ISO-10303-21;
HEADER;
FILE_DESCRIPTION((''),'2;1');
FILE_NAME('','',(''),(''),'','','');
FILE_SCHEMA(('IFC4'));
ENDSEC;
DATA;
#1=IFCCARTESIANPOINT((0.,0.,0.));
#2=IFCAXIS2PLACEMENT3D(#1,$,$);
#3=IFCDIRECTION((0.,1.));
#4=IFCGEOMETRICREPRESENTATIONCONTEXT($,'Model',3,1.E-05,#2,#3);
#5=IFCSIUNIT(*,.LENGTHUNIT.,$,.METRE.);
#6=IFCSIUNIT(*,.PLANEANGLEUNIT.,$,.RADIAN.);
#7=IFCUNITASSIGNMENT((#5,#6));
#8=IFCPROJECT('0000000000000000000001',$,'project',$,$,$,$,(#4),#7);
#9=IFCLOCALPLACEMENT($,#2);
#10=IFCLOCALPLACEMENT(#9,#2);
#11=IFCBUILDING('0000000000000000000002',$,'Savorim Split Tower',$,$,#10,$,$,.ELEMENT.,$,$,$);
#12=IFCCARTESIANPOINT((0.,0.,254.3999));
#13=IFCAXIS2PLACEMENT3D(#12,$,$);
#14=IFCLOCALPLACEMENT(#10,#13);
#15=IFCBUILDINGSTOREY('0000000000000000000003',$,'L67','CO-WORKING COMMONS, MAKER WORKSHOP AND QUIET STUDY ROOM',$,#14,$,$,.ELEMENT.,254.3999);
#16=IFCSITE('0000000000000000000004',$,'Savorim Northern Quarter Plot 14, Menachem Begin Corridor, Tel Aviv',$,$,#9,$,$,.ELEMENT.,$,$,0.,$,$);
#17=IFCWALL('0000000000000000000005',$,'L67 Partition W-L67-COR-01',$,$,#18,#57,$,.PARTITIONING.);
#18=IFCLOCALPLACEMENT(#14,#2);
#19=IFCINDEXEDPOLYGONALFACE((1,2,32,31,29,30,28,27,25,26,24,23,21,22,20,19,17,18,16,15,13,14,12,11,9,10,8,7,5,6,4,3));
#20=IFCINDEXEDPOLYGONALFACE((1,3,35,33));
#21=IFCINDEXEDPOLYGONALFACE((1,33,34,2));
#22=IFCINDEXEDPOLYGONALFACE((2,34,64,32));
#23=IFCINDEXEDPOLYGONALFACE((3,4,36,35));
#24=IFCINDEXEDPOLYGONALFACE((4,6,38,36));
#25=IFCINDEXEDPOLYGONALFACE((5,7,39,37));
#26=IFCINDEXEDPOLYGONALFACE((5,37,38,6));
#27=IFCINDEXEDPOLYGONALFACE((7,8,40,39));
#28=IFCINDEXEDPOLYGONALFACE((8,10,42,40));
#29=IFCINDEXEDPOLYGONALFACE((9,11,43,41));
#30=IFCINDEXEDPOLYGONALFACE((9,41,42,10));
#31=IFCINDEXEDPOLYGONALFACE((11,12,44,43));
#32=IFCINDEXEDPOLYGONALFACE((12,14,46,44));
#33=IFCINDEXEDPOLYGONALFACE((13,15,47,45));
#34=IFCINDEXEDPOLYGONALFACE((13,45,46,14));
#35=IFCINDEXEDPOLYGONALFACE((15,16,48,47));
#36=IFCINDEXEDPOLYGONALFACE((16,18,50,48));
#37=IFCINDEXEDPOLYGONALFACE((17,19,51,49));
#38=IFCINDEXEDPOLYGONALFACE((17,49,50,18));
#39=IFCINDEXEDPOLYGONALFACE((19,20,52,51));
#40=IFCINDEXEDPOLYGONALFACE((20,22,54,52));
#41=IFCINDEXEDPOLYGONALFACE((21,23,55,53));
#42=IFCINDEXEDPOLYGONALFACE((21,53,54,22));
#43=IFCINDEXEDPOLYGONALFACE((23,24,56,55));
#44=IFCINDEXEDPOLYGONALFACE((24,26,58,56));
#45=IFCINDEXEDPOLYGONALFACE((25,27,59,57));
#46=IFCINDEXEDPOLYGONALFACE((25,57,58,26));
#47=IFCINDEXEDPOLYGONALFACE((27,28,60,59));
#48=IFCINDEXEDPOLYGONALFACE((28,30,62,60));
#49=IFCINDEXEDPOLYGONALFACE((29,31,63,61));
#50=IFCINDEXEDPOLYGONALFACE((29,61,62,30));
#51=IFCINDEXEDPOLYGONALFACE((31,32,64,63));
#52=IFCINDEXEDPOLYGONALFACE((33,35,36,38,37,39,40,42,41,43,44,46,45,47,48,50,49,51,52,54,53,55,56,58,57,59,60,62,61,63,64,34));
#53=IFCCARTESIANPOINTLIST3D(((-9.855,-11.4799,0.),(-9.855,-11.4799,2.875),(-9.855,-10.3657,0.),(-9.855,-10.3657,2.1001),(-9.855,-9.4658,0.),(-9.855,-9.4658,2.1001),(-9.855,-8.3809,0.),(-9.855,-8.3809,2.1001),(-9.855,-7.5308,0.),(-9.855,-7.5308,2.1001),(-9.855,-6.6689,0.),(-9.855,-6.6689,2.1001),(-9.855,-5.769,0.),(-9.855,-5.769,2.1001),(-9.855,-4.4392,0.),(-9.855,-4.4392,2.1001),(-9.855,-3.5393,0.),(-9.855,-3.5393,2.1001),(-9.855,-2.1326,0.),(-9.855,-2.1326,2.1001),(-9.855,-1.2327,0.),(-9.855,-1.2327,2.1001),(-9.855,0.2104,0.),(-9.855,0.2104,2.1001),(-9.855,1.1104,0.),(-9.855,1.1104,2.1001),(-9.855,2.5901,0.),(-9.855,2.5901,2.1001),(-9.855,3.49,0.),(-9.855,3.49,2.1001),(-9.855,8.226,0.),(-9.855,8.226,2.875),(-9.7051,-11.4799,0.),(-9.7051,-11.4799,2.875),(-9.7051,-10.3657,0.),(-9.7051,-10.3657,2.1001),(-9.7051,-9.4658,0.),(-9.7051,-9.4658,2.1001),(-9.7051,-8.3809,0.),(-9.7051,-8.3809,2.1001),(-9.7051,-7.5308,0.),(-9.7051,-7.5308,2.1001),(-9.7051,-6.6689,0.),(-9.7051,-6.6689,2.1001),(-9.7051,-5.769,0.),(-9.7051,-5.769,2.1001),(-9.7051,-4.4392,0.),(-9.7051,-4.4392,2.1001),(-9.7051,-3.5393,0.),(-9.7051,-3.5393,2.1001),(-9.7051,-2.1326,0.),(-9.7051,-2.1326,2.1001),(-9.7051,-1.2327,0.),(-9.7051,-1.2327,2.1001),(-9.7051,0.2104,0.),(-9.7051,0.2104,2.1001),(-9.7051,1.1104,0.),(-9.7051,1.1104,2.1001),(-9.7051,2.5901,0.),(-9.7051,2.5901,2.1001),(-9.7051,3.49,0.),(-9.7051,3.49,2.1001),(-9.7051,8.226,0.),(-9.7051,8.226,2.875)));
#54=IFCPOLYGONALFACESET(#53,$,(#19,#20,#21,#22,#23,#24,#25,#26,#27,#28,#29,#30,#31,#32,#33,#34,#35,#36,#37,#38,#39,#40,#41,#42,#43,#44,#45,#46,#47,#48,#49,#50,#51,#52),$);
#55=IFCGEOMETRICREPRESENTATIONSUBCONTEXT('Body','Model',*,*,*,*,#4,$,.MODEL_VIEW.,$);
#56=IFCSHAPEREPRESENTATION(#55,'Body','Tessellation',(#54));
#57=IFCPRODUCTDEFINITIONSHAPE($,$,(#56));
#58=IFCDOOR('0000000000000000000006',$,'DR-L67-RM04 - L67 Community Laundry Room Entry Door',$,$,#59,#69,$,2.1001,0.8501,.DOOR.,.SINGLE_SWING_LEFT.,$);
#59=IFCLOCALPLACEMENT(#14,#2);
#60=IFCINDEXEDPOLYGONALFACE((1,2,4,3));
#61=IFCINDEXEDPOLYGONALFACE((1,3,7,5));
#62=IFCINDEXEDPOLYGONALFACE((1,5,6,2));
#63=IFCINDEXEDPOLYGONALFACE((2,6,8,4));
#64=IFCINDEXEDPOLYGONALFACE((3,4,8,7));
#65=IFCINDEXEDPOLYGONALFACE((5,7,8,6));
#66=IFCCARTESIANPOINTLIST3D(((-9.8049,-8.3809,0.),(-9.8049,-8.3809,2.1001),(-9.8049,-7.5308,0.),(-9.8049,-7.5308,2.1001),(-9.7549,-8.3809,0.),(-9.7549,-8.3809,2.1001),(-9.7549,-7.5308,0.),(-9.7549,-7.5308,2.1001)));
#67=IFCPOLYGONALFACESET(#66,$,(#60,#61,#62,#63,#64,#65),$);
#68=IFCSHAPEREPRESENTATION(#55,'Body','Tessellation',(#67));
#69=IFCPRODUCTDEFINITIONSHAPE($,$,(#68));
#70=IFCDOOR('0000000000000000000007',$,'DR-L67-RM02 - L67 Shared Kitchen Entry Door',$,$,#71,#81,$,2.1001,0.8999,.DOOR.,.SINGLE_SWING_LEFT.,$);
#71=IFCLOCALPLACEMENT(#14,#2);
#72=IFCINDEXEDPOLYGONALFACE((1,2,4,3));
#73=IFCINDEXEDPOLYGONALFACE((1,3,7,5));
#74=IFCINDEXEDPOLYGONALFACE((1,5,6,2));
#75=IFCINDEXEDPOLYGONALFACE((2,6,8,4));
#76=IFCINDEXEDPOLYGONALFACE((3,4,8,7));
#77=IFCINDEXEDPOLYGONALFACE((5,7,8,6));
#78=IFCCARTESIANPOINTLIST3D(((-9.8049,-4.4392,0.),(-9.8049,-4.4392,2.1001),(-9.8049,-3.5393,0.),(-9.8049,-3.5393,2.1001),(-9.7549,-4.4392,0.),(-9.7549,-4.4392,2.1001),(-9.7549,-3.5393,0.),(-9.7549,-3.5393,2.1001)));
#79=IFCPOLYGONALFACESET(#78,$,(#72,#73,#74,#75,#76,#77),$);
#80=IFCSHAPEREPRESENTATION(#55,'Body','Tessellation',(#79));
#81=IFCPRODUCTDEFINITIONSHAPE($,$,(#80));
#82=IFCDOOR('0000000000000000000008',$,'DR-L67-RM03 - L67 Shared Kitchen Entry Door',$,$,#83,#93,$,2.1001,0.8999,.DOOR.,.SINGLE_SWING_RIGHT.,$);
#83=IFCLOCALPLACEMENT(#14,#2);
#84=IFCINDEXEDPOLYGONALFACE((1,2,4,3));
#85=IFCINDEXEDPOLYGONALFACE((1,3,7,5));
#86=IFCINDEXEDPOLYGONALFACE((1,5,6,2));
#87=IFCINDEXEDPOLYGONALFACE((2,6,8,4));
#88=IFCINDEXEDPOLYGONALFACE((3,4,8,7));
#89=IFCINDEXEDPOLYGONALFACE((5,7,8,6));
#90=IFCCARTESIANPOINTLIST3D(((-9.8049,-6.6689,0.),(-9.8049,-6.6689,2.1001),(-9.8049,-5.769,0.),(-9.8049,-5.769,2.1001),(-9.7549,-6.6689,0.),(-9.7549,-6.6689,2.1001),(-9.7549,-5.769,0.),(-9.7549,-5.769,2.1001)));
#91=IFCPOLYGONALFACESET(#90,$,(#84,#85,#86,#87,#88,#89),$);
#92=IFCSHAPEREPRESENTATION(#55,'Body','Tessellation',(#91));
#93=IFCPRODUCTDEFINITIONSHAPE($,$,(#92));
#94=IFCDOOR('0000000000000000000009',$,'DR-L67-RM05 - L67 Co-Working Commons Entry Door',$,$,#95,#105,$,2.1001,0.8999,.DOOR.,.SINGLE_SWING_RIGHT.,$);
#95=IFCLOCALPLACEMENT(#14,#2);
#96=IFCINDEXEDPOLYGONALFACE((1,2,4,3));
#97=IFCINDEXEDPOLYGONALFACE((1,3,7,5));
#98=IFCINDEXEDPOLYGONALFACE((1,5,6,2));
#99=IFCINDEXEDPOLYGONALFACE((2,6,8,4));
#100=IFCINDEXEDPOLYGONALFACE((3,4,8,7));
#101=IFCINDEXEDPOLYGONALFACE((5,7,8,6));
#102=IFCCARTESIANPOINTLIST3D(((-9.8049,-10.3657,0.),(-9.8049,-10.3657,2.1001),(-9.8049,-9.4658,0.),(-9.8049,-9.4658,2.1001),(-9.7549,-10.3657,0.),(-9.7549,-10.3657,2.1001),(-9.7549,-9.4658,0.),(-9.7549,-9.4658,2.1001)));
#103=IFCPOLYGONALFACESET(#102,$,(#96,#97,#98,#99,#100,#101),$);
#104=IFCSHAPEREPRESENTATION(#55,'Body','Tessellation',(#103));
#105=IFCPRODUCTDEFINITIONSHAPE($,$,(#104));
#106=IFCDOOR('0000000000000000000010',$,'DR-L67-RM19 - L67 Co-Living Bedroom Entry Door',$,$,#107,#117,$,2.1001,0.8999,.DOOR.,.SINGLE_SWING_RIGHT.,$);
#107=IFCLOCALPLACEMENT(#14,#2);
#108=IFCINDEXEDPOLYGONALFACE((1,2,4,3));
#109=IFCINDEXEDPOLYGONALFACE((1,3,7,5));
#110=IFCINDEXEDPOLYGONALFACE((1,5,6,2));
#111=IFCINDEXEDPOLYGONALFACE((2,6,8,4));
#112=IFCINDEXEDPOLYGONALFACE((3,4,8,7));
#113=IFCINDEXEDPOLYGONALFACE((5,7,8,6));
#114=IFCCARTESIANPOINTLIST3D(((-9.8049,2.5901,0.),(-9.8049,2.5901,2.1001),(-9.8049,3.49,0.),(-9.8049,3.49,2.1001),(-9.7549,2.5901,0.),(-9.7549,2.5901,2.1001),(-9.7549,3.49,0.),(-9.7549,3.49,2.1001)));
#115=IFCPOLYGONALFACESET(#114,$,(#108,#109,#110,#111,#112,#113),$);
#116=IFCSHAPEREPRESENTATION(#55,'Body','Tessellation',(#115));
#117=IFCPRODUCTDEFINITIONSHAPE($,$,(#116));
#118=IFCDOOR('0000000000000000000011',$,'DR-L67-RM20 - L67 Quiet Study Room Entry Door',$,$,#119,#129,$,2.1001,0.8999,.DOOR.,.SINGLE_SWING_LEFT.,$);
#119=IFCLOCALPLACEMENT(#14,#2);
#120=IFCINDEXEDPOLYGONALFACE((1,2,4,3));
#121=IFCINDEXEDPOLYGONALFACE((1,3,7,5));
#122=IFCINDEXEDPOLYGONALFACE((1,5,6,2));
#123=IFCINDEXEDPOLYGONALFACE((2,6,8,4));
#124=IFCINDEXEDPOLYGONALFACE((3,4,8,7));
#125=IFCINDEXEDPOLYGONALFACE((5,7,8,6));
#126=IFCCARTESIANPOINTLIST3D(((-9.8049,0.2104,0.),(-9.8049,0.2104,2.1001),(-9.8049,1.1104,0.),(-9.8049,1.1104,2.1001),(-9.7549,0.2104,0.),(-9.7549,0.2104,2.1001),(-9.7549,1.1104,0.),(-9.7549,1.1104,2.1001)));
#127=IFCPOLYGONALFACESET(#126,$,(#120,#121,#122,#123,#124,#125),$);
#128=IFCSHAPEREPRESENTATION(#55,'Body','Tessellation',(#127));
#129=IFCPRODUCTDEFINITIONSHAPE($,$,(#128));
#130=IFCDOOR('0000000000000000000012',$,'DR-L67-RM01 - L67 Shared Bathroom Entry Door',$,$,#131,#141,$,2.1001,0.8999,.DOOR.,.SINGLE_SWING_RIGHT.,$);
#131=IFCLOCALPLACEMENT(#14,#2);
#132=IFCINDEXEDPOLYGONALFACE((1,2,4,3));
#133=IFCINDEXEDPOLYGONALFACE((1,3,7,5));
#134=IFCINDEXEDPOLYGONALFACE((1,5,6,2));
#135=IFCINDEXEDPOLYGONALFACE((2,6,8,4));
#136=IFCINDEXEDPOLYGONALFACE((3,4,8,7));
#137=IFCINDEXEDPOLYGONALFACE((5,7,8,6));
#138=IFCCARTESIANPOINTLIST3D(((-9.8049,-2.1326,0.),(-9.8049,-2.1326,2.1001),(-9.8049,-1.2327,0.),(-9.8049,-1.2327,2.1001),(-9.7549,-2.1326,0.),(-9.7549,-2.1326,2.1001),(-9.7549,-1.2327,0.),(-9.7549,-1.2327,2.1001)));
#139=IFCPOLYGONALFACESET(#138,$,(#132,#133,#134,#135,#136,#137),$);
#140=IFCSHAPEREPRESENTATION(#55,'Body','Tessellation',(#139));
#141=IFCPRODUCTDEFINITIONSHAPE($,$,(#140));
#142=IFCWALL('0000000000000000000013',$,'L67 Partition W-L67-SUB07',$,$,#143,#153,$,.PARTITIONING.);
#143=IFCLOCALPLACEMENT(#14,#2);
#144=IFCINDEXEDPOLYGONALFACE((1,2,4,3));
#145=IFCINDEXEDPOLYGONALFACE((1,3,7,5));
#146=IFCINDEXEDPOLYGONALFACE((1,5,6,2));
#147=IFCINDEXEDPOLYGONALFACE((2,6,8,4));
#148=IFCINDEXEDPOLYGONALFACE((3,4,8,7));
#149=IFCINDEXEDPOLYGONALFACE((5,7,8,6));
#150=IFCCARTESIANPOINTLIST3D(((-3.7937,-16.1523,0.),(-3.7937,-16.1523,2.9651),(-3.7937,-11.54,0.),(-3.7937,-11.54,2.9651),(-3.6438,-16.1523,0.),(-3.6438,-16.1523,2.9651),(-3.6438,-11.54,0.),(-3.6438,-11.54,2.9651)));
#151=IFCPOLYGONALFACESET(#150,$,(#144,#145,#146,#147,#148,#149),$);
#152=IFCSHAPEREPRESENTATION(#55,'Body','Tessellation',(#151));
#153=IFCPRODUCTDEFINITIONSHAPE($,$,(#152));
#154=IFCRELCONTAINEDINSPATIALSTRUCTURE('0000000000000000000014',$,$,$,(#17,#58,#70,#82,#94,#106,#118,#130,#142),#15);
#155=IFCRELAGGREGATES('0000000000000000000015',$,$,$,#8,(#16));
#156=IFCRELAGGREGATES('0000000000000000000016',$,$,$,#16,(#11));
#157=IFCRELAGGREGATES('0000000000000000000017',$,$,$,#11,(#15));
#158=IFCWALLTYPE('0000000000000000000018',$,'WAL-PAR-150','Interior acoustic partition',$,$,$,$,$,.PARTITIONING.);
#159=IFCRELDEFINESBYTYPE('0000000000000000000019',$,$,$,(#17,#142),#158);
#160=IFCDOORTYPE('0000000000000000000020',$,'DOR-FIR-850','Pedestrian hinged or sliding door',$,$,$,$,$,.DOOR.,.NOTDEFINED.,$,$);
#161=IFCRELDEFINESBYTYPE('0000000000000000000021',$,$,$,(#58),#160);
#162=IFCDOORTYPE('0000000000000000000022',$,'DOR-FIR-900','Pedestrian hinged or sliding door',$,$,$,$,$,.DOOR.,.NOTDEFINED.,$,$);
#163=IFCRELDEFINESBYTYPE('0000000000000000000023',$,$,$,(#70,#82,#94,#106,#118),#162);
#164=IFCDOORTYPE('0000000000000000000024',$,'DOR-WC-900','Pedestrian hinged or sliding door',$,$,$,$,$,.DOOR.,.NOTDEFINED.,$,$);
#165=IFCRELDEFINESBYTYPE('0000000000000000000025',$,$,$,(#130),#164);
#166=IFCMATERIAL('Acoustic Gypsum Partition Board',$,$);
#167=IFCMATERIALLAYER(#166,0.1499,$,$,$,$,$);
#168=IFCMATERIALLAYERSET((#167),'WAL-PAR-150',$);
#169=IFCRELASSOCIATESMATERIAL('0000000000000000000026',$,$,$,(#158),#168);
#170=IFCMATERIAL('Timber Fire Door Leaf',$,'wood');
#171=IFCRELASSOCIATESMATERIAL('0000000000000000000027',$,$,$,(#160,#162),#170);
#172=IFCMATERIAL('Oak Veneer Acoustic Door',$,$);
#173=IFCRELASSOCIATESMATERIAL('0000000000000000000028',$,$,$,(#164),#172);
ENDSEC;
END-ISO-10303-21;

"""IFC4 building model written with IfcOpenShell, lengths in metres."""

from ifc_helpers import new_model, si_unit, direction, frame, frame_2d, origin, place, context, subcontext, project, spatial, rectangle, extrude, material, layer, layer_set, type_object, element, fill, save


model = new_model("IFC4")

# Units and contexts
model_context = context("Model", 3, precision=1e-05, world=origin(), true_north=direction((0.0, 1.0)))
body_context = subcontext(model_context, "Body", "Model", "MODEL_VIEW")
ifc_project = project(units=[si_unit("LENGTHUNIT", "METRE"), si_unit("PLANEANGLEUNIT", "RADIAN")], contexts=[model_context])

# Site, building, storey
site_placement = place(None, origin())
site = spatial("IfcSite", under=ifc_project, at=site_placement, Name="Savorim Northern Quarter Plot 14, Menachem Begin Corridor, Tel Aviv", CompositionType="ELEMENT", RefElevation=0.0)
building_placement = place(site_placement, origin())
building = spatial("IfcBuilding", under=site, at=building_placement, Name="Savorim Split Tower", CompositionType="ELEMENT")
storey_placement = place(building_placement, frame((0.0, 0.0, 254.3999)))
storey = spatial("IfcBuildingStorey", under=building, at=storey_placement, Name="L67", Description="CO-WORKING COMMONS, MAKER WORKSHOP AND QUIET STUDY ROOM", CompositionType="ELEMENT", Elevation=254.3999)

# Wall, openings, doors
ifc_material_1 = material(Name="Acoustic Gypsum Partition Board")
ifc_layer_1 = layer(ifc_material_1, 0.1499)
ifc_layer_set_1 = layer_set([ifc_layer_1], Name="WAL-PAR-150")
wall_type = type_object("IfcWallType", Name="WAL-PAR-150", Description="Interior acoustic partition", PredefinedType="PARTITIONING", material=ifc_layer_set_1)
wall_1_placement = place(storey_placement, frame((-9.78, -11.48, 0.0), z_axis=(0.0, 0.0, 1.0), x_axis=(0.0, 1.0, 0.0)))
wall_1 = element("IfcWall", 1, at=wall_1_placement, inside=storey, type_object=wall_type, Name="L67 Partition W-L67-COR-01", PredefinedType="PARTITIONING", context=body_context, shape_type="SweptSolid", body=[
    extrude(rectangle(XDim=19.7058, YDim=0.1499, at=frame_2d((9.853, 0.0))), origin(), (0.0, 0.0, 1.0), 2.875),
])
opening_1_placement = place(wall_1_placement, frame((9.3474, 0.0, 0.0)))
opening_1 = element("IfcOpeningElement", 2, at=opening_1_placement, cuts=wall_1, PredefinedType="OPENING", context=body_context, shape_type="SweptSolid", body=[
    extrude(rectangle(XDim=0.8999, YDim=2.1001, at=frame_2d((0.45, 1.05))), frame((0.0, 0.085, 0.0), z_axis=(0.0, -1.0, 0.0), x_axis=(1.0, 0.0, 0.0)), (0.0, 0.0, 1.0), 0.1699),
])
opening_2_placement = place(wall_1_placement, frame((7.0408, 0.0, 0.0)))
opening_2 = element("IfcOpeningElement", 3, at=opening_2_placement, cuts=wall_1, PredefinedType="OPENING", context=body_context, shape_type="SweptSolid", body=[
    extrude(rectangle(XDim=0.8999, YDim=2.1001, at=frame_2d((0.45, 1.05))), frame((0.0, 0.085, 0.0), z_axis=(0.0, -1.0, 0.0), x_axis=(1.0, 0.0, 0.0)), (0.0, 0.0, 1.0), 0.1699),
])
opening_3_placement = place(wall_1_placement, frame((4.811, 0.0, 0.0)))
opening_3 = element("IfcOpeningElement", 4, at=opening_3_placement, cuts=wall_1, PredefinedType="OPENING", context=body_context, shape_type="SweptSolid", body=[
    extrude(rectangle(XDim=0.8999, YDim=2.1001, at=frame_2d((0.45, 1.05))), frame((0.0, 0.085, 0.0), z_axis=(0.0, -1.0, 0.0), x_axis=(1.0, 0.0, 0.0)), (0.0, 0.0, 1.0), 0.1699),
])
opening_4_placement = place(wall_1_placement, frame((3.0991, 0.0, 0.0)))
opening_4 = element("IfcOpeningElement", 5, at=opening_4_placement, cuts=wall_1, PredefinedType="OPENING", context=body_context, shape_type="SweptSolid", body=[
    extrude(rectangle(XDim=0.8501, YDim=2.1001, at=frame_2d((0.425, 1.05))), frame((0.0, 0.085, 0.0), z_axis=(0.0, -1.0, 0.0), x_axis=(1.0, 0.0, 0.0)), (0.0, 0.0, 1.0), 0.1699),
])
opening_5_placement = place(wall_1_placement, frame((1.1143, 0.0, 0.0)))
opening_5 = element("IfcOpeningElement", 6, at=opening_5_placement, cuts=wall_1, PredefinedType="OPENING", context=body_context, shape_type="SweptSolid", body=[
    extrude(rectangle(XDim=0.8999, YDim=2.1001, at=frame_2d((0.45, 1.05))), frame((0.0, 0.085, 0.0), z_axis=(0.0, -1.0, 0.0), x_axis=(1.0, 0.0, 0.0)), (0.0, 0.0, 1.0), 0.1699),
])
opening_6_placement = place(wall_1_placement, frame((14.0701, 0.0, 0.0)))
opening_6 = element("IfcOpeningElement", 7, at=opening_6_placement, cuts=wall_1, PredefinedType="OPENING", context=body_context, shape_type="SweptSolid", body=[
    extrude(rectangle(XDim=0.8999, YDim=2.1001, at=frame_2d((0.45, 1.05))), frame((0.0, 0.085, 0.0), z_axis=(0.0, -1.0, 0.0), x_axis=(1.0, 0.0, 0.0)), (0.0, 0.0, 1.0), 0.1699),
])
opening_7_placement = place(wall_1_placement, frame((11.6904, 0.0, 0.0)))
opening_7 = element("IfcOpeningElement", 8, at=opening_7_placement, cuts=wall_1, PredefinedType="OPENING", context=body_context, shape_type="SweptSolid", body=[
    extrude(rectangle(XDim=0.8999, YDim=2.1001, at=frame_2d((0.45, 1.05))), frame((0.0, 0.085, 0.0), z_axis=(0.0, -1.0, 0.0), x_axis=(1.0, 0.0, 0.0)), (0.0, 0.0, 1.0), 0.1699),
])
ifc_material_2 = material(Name="Timber Fire Door Leaf", Category="wood")
door_type_1 = type_object("IfcDoorType", Name="DOR-FIR-850", Description="Pedestrian hinged or sliding door", OperationType="NOTDEFINED", PredefinedType="DOOR", material=ifc_material_2)
door_1_placement = place(opening_4_placement, origin())
door_1 = element("IfcDoor", 9, at=door_1_placement, inside=storey, type_object=door_type_1, Name="DR-L67-RM04 - L67 Community Laundry Room Entry Door", OperationType="SINGLE_SWING_LEFT", OverallHeight=2.1001, OverallWidth=0.8501, PredefinedType="DOOR", context=body_context, shape_type="SweptSolid", body=[
    extrude(rectangle(XDim=0.8501, YDim=2.1001, at=frame_2d((0.425, 1.05))), frame((0.0, 0.0249, 0.0), z_axis=(0.0, -1.0, 0.0), x_axis=(1.0, 0.0, 0.0)), (0.0, 0.0, 1.0), 0.05),
])
fill(opening_4, door_1)
door_type_2 = type_object("IfcDoorType", Name="DOR-FIR-900", Description="Pedestrian hinged or sliding door", OperationType="NOTDEFINED", PredefinedType="DOOR", material=ifc_material_2)
door_2_placement = place(opening_2_placement, origin())
door_2 = element("IfcDoor", 10, at=door_2_placement, inside=storey, type_object=door_type_2, Name="DR-L67-RM02 - L67 Shared Kitchen Entry Door", OperationType="SINGLE_SWING_LEFT", OverallHeight=2.1001, OverallWidth=0.8999, PredefinedType="DOOR", context=body_context, shape_type="SweptSolid", body=[
    extrude(rectangle(XDim=0.8999, YDim=2.1001, at=frame_2d((0.45, 1.05))), frame((0.0, 0.0249, 0.0), z_axis=(0.0, -1.0, 0.0), x_axis=(1.0, 0.0, 0.0)), (0.0, 0.0, 1.0), 0.05),
])
fill(opening_2, door_2)
door_3_placement = place(opening_3_placement, origin())
door_3 = element("IfcDoor", 11, at=door_3_placement, inside=storey, type_object=door_type_2, Name="DR-L67-RM03 - L67 Shared Kitchen Entry Door", OperationType="SINGLE_SWING_RIGHT", OverallHeight=2.1001, OverallWidth=0.8999, PredefinedType="DOOR", context=body_context, shape_type="SweptSolid", body=[
    extrude(rectangle(XDim=0.8999, YDim=2.1001, at=frame_2d((0.45, 1.05))), frame((0.0, 0.0249, 0.0), z_axis=(0.0, -1.0, 0.0), x_axis=(1.0, 0.0, 0.0)), (0.0, 0.0, 1.0), 0.05),
])
fill(opening_3, door_3)
door_4_placement = place(opening_5_placement, origin())
door_4 = element("IfcDoor", 12, at=door_4_placement, inside=storey, type_object=door_type_2, Name="DR-L67-RM05 - L67 Co-Working Commons Entry Door", OperationType="SINGLE_SWING_RIGHT", OverallHeight=2.1001, OverallWidth=0.8999, PredefinedType="DOOR", context=body_context, shape_type="SweptSolid", body=[
    extrude(rectangle(XDim=0.8999, YDim=2.1001, at=frame_2d((0.45, 1.05))), frame((0.0, 0.0249, 0.0), z_axis=(0.0, -1.0, 0.0), x_axis=(1.0, 0.0, 0.0)), (0.0, 0.0, 1.0), 0.05),
])
fill(opening_5, door_4)
door_5_placement = place(opening_6_placement, origin())
door_5 = element("IfcDoor", 13, at=door_5_placement, inside=storey, type_object=door_type_2, Name="DR-L67-RM19 - L67 Co-Living Bedroom Entry Door", OperationType="SINGLE_SWING_RIGHT", OverallHeight=2.1001, OverallWidth=0.8999, PredefinedType="DOOR", context=body_context, shape_type="SweptSolid", body=[
    extrude(rectangle(XDim=0.8999, YDim=2.1001, at=frame_2d((0.45, 1.05))), frame((0.0, 0.0249, 0.0), z_axis=(0.0, -1.0, 0.0), x_axis=(1.0, 0.0, 0.0)), (0.0, 0.0, 1.0), 0.05),
])
fill(opening_6, door_5)
door_6_placement = place(opening_7_placement, origin())
door_6 = element("IfcDoor", 14, at=door_6_placement, inside=storey, type_object=door_type_2, Name="DR-L67-RM20 - L67 Quiet Study Room Entry Door", OperationType="SINGLE_SWING_LEFT", OverallHeight=2.1001, OverallWidth=0.8999, PredefinedType="DOOR", context=body_context, shape_type="SweptSolid", body=[
    extrude(rectangle(XDim=0.8999, YDim=2.1001, at=frame_2d((0.45, 1.05))), frame((0.0, 0.0249, 0.0), z_axis=(0.0, -1.0, 0.0), x_axis=(1.0, 0.0, 0.0)), (0.0, 0.0, 1.0), 0.05),
])
fill(opening_7, door_6)
ifc_material_3 = material(Name="Oak Veneer Acoustic Door")
door_type_3 = type_object("IfcDoorType", Name="DOR-WC-900", Description="Pedestrian hinged or sliding door", OperationType="NOTDEFINED", PredefinedType="DOOR", material=ifc_material_3)
door_7_placement = place(opening_1_placement, origin())
door_7 = element("IfcDoor", 15, at=door_7_placement, inside=storey, type_object=door_type_3, Name="DR-L67-RM01 - L67 Shared Bathroom Entry Door", OperationType="SINGLE_SWING_RIGHT", OverallHeight=2.1001, OverallWidth=0.8999, PredefinedType="DOOR", context=body_context, shape_type="SweptSolid", body=[
    extrude(rectangle(XDim=0.8999, YDim=2.1001, at=frame_2d((0.45, 1.05))), frame((0.0, 0.0249, 0.0), z_axis=(0.0, -1.0, 0.0), x_axis=(1.0, 0.0, 0.0)), (0.0, 0.0, 1.0), 0.05),
])
fill(opening_1, door_7)

# Wall
wall_2_placement = place(storey_placement, frame((-3.7188, -11.54, 0.0), z_axis=(0.0, 0.0, 1.0), x_axis=(0.0, -1.0, 0.0)))
element("IfcWall", 16, at=wall_2_placement, inside=storey, type_object=wall_type, Name="L67 Partition W-L67-SUB07", PredefinedType="PARTITIONING", context=body_context, shape_type="SweptSolid", body=[
    extrude(rectangle(XDim=4.6123, YDim=0.1499, at=frame_2d((2.3062, 0.0))), origin(), (0.0, 0.0, 1.0), 2.9651),
])

save(model, "model.ifc")
